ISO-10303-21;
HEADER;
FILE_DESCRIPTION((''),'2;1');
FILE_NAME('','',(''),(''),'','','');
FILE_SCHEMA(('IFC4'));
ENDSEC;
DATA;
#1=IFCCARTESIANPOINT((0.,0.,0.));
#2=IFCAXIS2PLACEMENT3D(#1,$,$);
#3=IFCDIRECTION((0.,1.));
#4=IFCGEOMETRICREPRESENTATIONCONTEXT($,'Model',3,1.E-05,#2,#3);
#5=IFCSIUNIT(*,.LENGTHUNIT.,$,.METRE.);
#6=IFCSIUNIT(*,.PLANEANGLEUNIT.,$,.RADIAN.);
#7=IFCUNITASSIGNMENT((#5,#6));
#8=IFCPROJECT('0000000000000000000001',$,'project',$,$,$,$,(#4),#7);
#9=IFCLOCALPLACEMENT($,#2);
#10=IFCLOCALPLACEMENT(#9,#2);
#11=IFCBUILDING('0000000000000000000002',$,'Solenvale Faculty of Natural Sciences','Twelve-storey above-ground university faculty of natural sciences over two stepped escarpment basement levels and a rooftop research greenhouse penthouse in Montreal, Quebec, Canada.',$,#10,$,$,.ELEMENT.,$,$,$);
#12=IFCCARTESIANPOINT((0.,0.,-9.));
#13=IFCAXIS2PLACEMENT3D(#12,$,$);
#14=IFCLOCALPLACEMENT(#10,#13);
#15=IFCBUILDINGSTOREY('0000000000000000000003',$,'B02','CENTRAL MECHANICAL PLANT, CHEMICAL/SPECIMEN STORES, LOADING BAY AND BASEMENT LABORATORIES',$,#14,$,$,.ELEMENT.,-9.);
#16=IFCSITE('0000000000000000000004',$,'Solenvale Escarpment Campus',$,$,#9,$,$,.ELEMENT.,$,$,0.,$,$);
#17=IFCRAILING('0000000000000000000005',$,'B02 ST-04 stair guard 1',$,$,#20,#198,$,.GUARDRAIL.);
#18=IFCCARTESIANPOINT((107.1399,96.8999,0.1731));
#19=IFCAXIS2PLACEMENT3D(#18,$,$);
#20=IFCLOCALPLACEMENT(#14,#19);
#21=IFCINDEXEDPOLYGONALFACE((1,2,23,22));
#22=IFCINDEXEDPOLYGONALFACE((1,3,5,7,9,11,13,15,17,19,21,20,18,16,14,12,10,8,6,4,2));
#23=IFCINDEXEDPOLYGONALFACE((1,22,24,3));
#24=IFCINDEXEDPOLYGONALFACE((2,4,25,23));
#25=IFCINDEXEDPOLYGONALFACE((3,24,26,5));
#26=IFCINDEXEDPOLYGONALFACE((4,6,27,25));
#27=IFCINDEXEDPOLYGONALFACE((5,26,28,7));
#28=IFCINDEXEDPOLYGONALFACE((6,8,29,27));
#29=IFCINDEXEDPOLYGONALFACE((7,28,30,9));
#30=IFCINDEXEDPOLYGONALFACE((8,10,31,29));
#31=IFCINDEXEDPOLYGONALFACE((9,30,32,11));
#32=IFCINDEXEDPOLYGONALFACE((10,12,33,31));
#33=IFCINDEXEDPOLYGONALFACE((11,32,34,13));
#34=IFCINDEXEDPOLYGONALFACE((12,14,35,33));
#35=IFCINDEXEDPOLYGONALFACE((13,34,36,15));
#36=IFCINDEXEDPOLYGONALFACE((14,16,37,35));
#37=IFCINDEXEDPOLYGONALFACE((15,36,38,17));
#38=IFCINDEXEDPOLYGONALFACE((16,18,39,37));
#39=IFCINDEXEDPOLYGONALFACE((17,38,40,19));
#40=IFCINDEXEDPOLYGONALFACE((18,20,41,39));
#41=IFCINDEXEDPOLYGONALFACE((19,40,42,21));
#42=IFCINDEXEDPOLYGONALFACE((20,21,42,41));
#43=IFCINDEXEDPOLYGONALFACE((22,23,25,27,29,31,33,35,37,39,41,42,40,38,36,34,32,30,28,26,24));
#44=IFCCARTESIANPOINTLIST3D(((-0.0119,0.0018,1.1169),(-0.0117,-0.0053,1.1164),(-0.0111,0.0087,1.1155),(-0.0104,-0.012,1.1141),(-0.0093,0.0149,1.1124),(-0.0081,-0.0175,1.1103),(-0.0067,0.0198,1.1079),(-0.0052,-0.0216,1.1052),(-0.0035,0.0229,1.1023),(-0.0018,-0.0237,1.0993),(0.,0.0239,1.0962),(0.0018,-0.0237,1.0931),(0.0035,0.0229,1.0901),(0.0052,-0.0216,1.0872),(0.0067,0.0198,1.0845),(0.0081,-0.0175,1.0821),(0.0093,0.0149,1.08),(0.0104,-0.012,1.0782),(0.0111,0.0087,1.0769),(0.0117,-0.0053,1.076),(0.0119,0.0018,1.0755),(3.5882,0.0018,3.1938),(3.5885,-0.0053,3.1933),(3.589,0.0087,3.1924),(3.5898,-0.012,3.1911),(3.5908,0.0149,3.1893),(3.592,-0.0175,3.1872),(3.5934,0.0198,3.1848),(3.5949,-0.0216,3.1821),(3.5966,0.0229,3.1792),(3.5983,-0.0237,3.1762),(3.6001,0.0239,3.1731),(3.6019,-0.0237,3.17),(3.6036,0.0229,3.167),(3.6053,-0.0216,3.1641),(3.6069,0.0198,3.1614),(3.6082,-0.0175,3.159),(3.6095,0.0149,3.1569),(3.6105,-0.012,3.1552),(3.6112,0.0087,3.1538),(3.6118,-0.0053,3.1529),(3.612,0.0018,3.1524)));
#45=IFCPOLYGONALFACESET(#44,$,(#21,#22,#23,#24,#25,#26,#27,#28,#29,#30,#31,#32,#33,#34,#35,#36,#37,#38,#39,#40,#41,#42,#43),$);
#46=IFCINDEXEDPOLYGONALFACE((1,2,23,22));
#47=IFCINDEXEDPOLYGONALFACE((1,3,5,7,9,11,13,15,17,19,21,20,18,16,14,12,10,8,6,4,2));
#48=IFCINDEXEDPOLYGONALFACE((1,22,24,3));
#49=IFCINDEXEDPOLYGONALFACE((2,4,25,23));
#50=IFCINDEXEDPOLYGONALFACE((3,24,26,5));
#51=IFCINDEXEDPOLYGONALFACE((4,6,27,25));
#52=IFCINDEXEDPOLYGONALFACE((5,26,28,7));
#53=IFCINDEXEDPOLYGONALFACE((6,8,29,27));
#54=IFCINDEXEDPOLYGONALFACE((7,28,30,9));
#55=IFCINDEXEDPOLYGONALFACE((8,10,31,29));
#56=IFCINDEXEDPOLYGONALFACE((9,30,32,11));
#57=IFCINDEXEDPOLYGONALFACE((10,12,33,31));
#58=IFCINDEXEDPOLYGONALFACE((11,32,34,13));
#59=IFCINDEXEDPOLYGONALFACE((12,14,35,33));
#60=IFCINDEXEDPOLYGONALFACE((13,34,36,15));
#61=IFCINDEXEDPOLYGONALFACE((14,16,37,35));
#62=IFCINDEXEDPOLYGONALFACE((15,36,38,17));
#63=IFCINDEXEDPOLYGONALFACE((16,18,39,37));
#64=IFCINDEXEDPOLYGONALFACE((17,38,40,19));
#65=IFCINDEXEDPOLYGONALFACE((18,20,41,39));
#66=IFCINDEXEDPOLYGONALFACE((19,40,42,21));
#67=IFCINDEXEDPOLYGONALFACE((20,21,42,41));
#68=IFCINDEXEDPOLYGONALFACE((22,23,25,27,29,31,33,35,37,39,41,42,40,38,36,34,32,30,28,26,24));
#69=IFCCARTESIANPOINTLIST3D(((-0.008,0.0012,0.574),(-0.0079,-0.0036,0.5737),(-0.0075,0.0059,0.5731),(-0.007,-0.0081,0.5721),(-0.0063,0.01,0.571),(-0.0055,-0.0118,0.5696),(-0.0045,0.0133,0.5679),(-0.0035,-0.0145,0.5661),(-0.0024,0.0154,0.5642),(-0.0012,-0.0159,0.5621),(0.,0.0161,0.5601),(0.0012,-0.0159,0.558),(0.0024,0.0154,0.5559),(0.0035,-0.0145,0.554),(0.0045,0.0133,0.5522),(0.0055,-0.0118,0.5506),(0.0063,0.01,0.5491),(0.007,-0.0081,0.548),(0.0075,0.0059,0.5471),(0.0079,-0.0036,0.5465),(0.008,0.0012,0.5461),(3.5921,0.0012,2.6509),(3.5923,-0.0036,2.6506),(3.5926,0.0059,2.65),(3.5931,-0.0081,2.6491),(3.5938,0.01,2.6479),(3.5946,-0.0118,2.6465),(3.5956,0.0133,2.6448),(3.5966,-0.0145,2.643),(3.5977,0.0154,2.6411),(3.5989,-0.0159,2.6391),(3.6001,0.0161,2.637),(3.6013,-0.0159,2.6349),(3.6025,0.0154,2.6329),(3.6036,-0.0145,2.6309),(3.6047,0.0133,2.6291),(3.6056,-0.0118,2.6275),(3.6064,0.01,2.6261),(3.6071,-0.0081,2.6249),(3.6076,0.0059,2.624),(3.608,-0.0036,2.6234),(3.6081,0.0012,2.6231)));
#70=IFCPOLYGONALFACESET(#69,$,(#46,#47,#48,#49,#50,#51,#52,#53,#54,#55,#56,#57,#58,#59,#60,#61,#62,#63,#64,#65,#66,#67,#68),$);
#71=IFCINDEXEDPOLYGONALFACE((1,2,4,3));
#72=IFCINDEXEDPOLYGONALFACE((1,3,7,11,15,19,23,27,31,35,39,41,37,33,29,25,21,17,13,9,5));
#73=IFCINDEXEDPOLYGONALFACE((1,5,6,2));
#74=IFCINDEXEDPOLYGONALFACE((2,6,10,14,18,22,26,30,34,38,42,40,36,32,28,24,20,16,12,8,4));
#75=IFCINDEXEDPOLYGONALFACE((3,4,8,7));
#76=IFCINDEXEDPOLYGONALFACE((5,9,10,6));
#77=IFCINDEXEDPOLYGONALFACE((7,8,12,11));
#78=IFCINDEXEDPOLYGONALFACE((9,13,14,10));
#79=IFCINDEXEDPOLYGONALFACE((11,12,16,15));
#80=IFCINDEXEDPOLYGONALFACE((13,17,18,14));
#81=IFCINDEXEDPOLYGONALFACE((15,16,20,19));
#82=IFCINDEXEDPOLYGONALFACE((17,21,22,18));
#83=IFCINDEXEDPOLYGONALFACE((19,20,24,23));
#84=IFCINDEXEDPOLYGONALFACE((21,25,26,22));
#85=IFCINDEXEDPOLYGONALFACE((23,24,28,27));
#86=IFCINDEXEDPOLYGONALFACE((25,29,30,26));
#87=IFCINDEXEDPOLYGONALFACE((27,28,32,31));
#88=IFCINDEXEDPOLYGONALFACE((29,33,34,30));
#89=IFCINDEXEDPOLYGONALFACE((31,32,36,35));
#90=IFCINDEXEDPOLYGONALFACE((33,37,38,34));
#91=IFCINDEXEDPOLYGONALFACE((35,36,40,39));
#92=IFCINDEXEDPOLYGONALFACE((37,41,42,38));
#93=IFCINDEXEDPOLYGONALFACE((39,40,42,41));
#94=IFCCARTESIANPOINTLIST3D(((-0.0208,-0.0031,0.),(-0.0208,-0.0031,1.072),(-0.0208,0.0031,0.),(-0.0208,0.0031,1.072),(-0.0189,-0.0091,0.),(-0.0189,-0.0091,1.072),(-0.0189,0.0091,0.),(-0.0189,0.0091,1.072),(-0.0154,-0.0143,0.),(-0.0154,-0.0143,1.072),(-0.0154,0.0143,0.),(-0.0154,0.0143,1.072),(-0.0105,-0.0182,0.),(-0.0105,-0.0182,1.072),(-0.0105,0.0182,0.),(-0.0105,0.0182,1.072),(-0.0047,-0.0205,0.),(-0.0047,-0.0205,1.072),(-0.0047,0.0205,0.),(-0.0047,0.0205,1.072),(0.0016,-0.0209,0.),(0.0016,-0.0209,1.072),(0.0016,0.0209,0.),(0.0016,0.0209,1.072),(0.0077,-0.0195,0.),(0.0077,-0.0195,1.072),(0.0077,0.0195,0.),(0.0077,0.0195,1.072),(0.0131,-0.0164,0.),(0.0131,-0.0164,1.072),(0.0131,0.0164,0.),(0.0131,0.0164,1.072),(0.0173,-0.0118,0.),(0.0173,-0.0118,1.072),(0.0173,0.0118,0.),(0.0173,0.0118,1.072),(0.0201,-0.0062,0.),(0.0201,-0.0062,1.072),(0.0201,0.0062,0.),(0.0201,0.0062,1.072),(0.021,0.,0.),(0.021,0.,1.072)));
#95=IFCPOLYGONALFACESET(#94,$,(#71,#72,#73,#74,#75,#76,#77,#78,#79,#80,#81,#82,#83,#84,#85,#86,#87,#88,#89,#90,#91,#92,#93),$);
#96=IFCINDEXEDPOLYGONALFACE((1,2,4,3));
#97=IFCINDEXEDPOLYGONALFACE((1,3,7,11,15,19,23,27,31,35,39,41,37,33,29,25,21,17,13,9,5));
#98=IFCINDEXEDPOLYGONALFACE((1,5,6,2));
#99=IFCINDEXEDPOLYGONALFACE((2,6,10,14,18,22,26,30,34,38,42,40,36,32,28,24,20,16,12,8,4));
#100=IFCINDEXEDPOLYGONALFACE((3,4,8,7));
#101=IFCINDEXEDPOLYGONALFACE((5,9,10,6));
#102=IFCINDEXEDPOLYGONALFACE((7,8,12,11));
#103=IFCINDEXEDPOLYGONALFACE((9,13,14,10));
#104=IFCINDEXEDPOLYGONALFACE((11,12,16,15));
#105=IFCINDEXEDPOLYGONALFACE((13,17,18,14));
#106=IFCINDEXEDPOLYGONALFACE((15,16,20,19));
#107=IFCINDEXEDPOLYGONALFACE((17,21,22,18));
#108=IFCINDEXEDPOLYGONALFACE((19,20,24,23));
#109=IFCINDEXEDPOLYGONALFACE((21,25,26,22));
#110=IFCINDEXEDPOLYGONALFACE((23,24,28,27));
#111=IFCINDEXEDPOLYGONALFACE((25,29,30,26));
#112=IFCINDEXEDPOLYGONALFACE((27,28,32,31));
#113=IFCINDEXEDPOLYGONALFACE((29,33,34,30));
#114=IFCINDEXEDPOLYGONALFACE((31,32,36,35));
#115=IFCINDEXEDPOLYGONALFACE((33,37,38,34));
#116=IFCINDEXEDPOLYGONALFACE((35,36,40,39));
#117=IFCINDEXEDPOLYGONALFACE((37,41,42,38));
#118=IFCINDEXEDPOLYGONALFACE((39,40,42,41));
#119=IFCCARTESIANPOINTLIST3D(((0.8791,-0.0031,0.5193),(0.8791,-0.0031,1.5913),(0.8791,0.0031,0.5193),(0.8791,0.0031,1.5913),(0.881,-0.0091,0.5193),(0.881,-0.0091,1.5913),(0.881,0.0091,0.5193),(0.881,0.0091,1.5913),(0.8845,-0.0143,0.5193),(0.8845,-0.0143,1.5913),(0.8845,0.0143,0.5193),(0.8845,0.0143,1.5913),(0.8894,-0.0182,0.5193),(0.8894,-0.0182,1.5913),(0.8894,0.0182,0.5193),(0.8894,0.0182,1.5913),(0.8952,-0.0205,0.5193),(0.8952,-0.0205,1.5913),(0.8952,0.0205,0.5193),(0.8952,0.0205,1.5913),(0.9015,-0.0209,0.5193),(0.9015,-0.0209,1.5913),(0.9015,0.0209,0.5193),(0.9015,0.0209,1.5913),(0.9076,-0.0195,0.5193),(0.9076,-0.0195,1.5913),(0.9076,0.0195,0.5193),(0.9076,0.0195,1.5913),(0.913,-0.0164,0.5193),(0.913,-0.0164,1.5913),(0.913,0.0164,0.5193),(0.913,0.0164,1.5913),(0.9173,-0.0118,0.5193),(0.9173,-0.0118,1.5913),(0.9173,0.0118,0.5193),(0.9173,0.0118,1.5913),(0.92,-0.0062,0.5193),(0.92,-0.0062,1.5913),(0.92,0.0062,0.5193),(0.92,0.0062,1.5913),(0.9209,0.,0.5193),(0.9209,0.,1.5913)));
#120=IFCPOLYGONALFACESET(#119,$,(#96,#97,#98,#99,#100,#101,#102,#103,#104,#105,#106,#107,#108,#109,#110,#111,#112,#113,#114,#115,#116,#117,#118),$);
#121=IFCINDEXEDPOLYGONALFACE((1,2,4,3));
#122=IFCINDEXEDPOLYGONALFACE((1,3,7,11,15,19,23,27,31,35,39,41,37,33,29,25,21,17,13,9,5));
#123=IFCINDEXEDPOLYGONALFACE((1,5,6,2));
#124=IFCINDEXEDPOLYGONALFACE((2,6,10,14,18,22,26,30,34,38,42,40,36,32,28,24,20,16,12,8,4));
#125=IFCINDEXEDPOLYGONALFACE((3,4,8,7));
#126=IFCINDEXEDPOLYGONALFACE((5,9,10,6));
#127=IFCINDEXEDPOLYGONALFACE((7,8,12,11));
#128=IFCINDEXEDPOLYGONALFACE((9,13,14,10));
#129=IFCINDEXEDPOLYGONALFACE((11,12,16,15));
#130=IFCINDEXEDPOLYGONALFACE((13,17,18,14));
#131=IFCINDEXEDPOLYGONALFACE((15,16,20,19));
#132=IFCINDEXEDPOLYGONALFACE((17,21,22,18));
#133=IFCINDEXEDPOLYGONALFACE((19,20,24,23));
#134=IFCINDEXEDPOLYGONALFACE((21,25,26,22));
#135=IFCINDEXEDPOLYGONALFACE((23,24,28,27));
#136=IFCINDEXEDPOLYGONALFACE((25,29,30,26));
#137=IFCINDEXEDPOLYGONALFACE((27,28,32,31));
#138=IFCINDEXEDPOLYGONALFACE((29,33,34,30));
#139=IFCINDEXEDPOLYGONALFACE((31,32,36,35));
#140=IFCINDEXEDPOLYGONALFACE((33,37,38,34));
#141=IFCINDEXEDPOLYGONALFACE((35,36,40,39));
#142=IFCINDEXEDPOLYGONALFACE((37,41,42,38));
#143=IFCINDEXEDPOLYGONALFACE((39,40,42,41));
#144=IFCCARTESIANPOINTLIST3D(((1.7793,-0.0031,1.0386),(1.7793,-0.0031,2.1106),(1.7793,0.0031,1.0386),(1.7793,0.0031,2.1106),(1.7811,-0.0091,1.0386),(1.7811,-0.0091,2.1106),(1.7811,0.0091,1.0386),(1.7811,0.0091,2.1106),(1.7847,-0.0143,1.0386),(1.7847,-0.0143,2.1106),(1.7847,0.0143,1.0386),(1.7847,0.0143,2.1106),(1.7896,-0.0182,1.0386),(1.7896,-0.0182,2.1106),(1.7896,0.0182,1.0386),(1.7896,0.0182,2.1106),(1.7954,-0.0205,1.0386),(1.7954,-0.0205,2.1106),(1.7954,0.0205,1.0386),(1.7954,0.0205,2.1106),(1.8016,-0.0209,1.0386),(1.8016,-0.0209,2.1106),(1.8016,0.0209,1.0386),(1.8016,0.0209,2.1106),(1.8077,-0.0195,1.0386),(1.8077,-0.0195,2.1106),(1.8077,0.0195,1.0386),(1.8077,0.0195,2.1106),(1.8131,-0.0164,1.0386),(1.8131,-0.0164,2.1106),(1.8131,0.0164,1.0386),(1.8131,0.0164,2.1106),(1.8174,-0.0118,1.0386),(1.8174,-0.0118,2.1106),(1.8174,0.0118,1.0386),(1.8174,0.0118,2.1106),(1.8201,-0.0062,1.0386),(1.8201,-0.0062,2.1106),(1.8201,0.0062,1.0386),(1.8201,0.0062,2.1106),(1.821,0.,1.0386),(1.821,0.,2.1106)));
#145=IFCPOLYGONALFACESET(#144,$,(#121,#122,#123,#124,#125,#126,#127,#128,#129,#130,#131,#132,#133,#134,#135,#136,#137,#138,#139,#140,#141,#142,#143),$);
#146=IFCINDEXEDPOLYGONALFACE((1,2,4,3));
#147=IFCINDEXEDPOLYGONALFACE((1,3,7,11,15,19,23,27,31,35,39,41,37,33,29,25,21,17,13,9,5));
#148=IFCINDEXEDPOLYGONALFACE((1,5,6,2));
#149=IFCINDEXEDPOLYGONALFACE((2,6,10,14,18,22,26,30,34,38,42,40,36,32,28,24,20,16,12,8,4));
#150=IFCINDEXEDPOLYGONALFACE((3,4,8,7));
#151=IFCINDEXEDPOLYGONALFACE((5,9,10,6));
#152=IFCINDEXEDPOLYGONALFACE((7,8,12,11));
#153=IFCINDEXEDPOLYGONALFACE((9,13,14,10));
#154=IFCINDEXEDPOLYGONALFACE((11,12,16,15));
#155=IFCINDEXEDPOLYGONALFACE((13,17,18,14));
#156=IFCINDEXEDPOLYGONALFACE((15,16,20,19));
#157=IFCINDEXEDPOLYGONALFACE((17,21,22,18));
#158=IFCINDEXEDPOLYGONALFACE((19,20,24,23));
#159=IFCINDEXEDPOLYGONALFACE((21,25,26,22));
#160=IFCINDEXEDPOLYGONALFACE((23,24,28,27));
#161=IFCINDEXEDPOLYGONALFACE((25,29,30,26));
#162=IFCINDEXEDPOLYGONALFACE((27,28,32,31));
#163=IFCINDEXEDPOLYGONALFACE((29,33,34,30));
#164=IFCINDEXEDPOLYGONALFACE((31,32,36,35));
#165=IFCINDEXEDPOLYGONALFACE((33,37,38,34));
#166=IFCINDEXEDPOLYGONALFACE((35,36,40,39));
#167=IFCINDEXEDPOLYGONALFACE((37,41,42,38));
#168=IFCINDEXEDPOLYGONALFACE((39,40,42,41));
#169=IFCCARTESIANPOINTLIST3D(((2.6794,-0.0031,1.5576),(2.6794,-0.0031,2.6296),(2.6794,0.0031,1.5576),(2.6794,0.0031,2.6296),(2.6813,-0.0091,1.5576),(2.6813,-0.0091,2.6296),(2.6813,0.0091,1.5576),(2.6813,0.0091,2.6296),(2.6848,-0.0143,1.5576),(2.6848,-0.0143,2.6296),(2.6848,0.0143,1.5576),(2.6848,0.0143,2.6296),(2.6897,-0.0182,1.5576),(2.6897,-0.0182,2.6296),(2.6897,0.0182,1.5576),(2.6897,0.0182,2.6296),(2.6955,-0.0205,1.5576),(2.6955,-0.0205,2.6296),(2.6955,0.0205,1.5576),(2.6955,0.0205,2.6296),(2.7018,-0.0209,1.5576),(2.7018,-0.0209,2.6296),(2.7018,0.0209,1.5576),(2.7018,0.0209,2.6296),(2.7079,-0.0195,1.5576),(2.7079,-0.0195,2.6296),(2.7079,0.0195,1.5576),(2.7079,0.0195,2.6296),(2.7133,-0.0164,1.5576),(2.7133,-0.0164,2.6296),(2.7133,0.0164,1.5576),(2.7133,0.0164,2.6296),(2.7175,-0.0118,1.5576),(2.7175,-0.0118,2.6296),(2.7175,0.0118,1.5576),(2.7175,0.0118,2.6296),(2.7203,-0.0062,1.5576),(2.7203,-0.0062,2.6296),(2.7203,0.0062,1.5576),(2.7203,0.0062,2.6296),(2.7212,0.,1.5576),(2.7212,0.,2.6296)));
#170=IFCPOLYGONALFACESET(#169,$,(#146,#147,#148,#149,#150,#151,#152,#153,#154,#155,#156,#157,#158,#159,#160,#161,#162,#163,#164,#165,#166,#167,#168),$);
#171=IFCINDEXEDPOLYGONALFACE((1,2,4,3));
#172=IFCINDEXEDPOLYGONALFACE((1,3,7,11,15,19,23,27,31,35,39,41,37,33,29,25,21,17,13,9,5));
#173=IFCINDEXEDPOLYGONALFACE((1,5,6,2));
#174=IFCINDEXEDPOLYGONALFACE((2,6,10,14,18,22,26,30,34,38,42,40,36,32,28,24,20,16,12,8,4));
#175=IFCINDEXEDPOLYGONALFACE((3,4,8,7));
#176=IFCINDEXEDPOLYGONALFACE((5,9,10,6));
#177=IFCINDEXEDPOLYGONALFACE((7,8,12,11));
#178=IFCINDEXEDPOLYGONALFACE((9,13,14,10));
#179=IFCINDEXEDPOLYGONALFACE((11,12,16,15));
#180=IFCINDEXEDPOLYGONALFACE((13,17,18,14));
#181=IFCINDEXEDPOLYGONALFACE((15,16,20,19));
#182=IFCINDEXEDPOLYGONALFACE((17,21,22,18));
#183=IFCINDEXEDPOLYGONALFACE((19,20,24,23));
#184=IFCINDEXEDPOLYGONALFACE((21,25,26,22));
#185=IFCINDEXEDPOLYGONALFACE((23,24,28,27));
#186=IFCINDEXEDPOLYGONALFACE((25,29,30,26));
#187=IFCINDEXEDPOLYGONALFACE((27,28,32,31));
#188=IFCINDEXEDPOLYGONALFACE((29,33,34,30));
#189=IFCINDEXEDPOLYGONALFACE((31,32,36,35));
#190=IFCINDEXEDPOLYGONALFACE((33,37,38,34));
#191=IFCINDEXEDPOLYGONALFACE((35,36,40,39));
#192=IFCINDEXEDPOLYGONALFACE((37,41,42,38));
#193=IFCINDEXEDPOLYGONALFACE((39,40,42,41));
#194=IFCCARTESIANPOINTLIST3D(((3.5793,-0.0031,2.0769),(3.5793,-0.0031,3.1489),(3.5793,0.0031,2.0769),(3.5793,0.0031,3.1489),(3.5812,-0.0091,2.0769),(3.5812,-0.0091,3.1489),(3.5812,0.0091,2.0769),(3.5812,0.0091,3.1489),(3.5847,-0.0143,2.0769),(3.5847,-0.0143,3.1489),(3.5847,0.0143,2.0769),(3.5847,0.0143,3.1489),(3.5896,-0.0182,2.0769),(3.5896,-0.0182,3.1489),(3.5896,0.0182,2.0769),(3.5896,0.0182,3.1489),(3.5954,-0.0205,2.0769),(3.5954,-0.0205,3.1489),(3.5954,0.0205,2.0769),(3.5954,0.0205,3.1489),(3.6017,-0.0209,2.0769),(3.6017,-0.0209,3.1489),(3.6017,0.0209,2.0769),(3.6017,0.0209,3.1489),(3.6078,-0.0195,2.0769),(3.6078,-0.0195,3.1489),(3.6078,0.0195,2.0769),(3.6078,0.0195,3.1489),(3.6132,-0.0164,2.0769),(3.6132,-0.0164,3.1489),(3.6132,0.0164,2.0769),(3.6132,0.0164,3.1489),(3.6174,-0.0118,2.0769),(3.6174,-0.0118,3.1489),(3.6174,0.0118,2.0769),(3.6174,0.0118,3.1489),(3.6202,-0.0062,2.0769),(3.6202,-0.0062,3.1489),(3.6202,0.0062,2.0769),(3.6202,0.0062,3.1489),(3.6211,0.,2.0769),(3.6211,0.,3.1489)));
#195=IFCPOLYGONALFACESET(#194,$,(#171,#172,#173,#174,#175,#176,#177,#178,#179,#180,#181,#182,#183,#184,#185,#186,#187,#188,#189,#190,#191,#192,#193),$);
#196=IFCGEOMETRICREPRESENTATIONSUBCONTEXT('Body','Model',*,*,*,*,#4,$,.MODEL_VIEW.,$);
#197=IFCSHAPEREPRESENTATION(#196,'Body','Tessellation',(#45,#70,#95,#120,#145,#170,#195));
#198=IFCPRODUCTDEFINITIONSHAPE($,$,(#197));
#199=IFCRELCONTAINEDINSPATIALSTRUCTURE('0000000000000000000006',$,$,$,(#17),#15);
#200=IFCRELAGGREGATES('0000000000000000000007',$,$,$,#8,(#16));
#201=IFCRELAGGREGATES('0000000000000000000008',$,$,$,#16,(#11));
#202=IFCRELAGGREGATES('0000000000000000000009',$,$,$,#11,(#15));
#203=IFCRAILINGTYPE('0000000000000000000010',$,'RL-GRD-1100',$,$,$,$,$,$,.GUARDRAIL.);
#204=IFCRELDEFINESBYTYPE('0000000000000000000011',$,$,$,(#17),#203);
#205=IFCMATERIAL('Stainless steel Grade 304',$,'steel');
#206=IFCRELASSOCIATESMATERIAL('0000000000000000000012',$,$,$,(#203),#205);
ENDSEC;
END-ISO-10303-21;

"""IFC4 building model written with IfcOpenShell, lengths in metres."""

from ifc_helpers import new_model, si_unit, direction, frame, origin, origin_2d, place, context, subcontext, project, spatial, circle, extrude, material, type_object, element, save


model = new_model("IFC4")

# Units and contexts
model_context = context("Model", 3, precision=1e-05, world=origin(), true_north=direction((0.0, 1.0)))
body_context = subcontext(model_context, "Body", "Model", "MODEL_VIEW")
ifc_project = project(units=[si_unit("LENGTHUNIT", "METRE"), si_unit("PLANEANGLEUNIT", "RADIAN")], contexts=[model_context])

# Site, building, storey
site_placement = place(None, origin())
site = spatial("IfcSite", under=ifc_project, at=site_placement, Name="Solenvale Escarpment Campus", CompositionType="ELEMENT", RefElevation=0.0)
building_placement = place(site_placement, origin())
building = spatial("IfcBuilding", under=site, at=building_placement, Name="Solenvale Faculty of Natural Sciences", Description="Twelve-storey above-ground university faculty of natural sciences over two stepped escarpment basement levels and a rooftop research greenhouse penthouse in Montreal, Quebec, Canada.", CompositionType="ELEMENT")
storey_placement = place(building_placement, frame((0.0, 0.0, -9.0)))
storey = spatial("IfcBuildingStorey", under=building, at=storey_placement, Name="B02", Description="CENTRAL MECHANICAL PLANT, CHEMICAL/SPECIMEN STORES, LOADING BAY AND BASEMENT LABORATORIES", CompositionType="ELEMENT", Elevation=-9.0)

# Railing
ifc_material_1 = material(Name="Stainless steel Grade 304", Category="steel")
railing_type_1 = type_object("IfcRailingType", Name="RL-GRD-1100", PredefinedType="GUARDRAIL", material=ifc_material_1)
railing_1_placement = place(storey_placement, frame((107.1399, 96.8999, 0.1731)))
element("IfcRailing", 1, at=railing_1_placement, inside=storey, type_object=railing_type_1, Name="B02 ST-04 stair guard 1", PredefinedType="GUARDRAIL", context=body_context, shape_type="SweptSolid", body=[
    extrude(circle(Radius=0.0239, at=origin_2d()), frame((0.0, 0.0, 1.0962), z_axis=(0.866193, 0.0, 0.499709), x_axis=(0.0, 1.0, 0.0)), (0.0, 0.0, 1.0), 4.1562),
    extrude(circle(Radius=0.0161, at=origin_2d()), frame((0.0, 0.0, 0.5601), z_axis=(0.866193, 0.0, 0.499709), x_axis=(0.0, 1.0, 0.0)), (0.0, 0.0, 1.0), 4.1562),
    extrude(circle(Radius=0.021, at=origin_2d()), origin(), (0.0, 0.0, 1.0), 1.072),
    extrude(circle(Radius=0.021, at=origin_2d()), frame((0.8999, 0.0, 0.5193)), (0.0, 0.0, 1.0), 1.072),
    extrude(circle(Radius=0.021, at=origin_2d()), frame((1.8, 0.0, 1.0386)), (0.0, 0.0, 1.0), 1.072),
    extrude(circle(Radius=0.021, at=origin_2d()), frame((2.7002, 0.0, 1.5576)), (0.0, 0.0, 1.0), 1.072),
    extrude(circle(Radius=0.021, at=origin_2d()), frame((3.6001, 0.0, 2.0769)), (0.0, 0.0, 1.0), 1.072),
])

save(model, "model.ifc")
